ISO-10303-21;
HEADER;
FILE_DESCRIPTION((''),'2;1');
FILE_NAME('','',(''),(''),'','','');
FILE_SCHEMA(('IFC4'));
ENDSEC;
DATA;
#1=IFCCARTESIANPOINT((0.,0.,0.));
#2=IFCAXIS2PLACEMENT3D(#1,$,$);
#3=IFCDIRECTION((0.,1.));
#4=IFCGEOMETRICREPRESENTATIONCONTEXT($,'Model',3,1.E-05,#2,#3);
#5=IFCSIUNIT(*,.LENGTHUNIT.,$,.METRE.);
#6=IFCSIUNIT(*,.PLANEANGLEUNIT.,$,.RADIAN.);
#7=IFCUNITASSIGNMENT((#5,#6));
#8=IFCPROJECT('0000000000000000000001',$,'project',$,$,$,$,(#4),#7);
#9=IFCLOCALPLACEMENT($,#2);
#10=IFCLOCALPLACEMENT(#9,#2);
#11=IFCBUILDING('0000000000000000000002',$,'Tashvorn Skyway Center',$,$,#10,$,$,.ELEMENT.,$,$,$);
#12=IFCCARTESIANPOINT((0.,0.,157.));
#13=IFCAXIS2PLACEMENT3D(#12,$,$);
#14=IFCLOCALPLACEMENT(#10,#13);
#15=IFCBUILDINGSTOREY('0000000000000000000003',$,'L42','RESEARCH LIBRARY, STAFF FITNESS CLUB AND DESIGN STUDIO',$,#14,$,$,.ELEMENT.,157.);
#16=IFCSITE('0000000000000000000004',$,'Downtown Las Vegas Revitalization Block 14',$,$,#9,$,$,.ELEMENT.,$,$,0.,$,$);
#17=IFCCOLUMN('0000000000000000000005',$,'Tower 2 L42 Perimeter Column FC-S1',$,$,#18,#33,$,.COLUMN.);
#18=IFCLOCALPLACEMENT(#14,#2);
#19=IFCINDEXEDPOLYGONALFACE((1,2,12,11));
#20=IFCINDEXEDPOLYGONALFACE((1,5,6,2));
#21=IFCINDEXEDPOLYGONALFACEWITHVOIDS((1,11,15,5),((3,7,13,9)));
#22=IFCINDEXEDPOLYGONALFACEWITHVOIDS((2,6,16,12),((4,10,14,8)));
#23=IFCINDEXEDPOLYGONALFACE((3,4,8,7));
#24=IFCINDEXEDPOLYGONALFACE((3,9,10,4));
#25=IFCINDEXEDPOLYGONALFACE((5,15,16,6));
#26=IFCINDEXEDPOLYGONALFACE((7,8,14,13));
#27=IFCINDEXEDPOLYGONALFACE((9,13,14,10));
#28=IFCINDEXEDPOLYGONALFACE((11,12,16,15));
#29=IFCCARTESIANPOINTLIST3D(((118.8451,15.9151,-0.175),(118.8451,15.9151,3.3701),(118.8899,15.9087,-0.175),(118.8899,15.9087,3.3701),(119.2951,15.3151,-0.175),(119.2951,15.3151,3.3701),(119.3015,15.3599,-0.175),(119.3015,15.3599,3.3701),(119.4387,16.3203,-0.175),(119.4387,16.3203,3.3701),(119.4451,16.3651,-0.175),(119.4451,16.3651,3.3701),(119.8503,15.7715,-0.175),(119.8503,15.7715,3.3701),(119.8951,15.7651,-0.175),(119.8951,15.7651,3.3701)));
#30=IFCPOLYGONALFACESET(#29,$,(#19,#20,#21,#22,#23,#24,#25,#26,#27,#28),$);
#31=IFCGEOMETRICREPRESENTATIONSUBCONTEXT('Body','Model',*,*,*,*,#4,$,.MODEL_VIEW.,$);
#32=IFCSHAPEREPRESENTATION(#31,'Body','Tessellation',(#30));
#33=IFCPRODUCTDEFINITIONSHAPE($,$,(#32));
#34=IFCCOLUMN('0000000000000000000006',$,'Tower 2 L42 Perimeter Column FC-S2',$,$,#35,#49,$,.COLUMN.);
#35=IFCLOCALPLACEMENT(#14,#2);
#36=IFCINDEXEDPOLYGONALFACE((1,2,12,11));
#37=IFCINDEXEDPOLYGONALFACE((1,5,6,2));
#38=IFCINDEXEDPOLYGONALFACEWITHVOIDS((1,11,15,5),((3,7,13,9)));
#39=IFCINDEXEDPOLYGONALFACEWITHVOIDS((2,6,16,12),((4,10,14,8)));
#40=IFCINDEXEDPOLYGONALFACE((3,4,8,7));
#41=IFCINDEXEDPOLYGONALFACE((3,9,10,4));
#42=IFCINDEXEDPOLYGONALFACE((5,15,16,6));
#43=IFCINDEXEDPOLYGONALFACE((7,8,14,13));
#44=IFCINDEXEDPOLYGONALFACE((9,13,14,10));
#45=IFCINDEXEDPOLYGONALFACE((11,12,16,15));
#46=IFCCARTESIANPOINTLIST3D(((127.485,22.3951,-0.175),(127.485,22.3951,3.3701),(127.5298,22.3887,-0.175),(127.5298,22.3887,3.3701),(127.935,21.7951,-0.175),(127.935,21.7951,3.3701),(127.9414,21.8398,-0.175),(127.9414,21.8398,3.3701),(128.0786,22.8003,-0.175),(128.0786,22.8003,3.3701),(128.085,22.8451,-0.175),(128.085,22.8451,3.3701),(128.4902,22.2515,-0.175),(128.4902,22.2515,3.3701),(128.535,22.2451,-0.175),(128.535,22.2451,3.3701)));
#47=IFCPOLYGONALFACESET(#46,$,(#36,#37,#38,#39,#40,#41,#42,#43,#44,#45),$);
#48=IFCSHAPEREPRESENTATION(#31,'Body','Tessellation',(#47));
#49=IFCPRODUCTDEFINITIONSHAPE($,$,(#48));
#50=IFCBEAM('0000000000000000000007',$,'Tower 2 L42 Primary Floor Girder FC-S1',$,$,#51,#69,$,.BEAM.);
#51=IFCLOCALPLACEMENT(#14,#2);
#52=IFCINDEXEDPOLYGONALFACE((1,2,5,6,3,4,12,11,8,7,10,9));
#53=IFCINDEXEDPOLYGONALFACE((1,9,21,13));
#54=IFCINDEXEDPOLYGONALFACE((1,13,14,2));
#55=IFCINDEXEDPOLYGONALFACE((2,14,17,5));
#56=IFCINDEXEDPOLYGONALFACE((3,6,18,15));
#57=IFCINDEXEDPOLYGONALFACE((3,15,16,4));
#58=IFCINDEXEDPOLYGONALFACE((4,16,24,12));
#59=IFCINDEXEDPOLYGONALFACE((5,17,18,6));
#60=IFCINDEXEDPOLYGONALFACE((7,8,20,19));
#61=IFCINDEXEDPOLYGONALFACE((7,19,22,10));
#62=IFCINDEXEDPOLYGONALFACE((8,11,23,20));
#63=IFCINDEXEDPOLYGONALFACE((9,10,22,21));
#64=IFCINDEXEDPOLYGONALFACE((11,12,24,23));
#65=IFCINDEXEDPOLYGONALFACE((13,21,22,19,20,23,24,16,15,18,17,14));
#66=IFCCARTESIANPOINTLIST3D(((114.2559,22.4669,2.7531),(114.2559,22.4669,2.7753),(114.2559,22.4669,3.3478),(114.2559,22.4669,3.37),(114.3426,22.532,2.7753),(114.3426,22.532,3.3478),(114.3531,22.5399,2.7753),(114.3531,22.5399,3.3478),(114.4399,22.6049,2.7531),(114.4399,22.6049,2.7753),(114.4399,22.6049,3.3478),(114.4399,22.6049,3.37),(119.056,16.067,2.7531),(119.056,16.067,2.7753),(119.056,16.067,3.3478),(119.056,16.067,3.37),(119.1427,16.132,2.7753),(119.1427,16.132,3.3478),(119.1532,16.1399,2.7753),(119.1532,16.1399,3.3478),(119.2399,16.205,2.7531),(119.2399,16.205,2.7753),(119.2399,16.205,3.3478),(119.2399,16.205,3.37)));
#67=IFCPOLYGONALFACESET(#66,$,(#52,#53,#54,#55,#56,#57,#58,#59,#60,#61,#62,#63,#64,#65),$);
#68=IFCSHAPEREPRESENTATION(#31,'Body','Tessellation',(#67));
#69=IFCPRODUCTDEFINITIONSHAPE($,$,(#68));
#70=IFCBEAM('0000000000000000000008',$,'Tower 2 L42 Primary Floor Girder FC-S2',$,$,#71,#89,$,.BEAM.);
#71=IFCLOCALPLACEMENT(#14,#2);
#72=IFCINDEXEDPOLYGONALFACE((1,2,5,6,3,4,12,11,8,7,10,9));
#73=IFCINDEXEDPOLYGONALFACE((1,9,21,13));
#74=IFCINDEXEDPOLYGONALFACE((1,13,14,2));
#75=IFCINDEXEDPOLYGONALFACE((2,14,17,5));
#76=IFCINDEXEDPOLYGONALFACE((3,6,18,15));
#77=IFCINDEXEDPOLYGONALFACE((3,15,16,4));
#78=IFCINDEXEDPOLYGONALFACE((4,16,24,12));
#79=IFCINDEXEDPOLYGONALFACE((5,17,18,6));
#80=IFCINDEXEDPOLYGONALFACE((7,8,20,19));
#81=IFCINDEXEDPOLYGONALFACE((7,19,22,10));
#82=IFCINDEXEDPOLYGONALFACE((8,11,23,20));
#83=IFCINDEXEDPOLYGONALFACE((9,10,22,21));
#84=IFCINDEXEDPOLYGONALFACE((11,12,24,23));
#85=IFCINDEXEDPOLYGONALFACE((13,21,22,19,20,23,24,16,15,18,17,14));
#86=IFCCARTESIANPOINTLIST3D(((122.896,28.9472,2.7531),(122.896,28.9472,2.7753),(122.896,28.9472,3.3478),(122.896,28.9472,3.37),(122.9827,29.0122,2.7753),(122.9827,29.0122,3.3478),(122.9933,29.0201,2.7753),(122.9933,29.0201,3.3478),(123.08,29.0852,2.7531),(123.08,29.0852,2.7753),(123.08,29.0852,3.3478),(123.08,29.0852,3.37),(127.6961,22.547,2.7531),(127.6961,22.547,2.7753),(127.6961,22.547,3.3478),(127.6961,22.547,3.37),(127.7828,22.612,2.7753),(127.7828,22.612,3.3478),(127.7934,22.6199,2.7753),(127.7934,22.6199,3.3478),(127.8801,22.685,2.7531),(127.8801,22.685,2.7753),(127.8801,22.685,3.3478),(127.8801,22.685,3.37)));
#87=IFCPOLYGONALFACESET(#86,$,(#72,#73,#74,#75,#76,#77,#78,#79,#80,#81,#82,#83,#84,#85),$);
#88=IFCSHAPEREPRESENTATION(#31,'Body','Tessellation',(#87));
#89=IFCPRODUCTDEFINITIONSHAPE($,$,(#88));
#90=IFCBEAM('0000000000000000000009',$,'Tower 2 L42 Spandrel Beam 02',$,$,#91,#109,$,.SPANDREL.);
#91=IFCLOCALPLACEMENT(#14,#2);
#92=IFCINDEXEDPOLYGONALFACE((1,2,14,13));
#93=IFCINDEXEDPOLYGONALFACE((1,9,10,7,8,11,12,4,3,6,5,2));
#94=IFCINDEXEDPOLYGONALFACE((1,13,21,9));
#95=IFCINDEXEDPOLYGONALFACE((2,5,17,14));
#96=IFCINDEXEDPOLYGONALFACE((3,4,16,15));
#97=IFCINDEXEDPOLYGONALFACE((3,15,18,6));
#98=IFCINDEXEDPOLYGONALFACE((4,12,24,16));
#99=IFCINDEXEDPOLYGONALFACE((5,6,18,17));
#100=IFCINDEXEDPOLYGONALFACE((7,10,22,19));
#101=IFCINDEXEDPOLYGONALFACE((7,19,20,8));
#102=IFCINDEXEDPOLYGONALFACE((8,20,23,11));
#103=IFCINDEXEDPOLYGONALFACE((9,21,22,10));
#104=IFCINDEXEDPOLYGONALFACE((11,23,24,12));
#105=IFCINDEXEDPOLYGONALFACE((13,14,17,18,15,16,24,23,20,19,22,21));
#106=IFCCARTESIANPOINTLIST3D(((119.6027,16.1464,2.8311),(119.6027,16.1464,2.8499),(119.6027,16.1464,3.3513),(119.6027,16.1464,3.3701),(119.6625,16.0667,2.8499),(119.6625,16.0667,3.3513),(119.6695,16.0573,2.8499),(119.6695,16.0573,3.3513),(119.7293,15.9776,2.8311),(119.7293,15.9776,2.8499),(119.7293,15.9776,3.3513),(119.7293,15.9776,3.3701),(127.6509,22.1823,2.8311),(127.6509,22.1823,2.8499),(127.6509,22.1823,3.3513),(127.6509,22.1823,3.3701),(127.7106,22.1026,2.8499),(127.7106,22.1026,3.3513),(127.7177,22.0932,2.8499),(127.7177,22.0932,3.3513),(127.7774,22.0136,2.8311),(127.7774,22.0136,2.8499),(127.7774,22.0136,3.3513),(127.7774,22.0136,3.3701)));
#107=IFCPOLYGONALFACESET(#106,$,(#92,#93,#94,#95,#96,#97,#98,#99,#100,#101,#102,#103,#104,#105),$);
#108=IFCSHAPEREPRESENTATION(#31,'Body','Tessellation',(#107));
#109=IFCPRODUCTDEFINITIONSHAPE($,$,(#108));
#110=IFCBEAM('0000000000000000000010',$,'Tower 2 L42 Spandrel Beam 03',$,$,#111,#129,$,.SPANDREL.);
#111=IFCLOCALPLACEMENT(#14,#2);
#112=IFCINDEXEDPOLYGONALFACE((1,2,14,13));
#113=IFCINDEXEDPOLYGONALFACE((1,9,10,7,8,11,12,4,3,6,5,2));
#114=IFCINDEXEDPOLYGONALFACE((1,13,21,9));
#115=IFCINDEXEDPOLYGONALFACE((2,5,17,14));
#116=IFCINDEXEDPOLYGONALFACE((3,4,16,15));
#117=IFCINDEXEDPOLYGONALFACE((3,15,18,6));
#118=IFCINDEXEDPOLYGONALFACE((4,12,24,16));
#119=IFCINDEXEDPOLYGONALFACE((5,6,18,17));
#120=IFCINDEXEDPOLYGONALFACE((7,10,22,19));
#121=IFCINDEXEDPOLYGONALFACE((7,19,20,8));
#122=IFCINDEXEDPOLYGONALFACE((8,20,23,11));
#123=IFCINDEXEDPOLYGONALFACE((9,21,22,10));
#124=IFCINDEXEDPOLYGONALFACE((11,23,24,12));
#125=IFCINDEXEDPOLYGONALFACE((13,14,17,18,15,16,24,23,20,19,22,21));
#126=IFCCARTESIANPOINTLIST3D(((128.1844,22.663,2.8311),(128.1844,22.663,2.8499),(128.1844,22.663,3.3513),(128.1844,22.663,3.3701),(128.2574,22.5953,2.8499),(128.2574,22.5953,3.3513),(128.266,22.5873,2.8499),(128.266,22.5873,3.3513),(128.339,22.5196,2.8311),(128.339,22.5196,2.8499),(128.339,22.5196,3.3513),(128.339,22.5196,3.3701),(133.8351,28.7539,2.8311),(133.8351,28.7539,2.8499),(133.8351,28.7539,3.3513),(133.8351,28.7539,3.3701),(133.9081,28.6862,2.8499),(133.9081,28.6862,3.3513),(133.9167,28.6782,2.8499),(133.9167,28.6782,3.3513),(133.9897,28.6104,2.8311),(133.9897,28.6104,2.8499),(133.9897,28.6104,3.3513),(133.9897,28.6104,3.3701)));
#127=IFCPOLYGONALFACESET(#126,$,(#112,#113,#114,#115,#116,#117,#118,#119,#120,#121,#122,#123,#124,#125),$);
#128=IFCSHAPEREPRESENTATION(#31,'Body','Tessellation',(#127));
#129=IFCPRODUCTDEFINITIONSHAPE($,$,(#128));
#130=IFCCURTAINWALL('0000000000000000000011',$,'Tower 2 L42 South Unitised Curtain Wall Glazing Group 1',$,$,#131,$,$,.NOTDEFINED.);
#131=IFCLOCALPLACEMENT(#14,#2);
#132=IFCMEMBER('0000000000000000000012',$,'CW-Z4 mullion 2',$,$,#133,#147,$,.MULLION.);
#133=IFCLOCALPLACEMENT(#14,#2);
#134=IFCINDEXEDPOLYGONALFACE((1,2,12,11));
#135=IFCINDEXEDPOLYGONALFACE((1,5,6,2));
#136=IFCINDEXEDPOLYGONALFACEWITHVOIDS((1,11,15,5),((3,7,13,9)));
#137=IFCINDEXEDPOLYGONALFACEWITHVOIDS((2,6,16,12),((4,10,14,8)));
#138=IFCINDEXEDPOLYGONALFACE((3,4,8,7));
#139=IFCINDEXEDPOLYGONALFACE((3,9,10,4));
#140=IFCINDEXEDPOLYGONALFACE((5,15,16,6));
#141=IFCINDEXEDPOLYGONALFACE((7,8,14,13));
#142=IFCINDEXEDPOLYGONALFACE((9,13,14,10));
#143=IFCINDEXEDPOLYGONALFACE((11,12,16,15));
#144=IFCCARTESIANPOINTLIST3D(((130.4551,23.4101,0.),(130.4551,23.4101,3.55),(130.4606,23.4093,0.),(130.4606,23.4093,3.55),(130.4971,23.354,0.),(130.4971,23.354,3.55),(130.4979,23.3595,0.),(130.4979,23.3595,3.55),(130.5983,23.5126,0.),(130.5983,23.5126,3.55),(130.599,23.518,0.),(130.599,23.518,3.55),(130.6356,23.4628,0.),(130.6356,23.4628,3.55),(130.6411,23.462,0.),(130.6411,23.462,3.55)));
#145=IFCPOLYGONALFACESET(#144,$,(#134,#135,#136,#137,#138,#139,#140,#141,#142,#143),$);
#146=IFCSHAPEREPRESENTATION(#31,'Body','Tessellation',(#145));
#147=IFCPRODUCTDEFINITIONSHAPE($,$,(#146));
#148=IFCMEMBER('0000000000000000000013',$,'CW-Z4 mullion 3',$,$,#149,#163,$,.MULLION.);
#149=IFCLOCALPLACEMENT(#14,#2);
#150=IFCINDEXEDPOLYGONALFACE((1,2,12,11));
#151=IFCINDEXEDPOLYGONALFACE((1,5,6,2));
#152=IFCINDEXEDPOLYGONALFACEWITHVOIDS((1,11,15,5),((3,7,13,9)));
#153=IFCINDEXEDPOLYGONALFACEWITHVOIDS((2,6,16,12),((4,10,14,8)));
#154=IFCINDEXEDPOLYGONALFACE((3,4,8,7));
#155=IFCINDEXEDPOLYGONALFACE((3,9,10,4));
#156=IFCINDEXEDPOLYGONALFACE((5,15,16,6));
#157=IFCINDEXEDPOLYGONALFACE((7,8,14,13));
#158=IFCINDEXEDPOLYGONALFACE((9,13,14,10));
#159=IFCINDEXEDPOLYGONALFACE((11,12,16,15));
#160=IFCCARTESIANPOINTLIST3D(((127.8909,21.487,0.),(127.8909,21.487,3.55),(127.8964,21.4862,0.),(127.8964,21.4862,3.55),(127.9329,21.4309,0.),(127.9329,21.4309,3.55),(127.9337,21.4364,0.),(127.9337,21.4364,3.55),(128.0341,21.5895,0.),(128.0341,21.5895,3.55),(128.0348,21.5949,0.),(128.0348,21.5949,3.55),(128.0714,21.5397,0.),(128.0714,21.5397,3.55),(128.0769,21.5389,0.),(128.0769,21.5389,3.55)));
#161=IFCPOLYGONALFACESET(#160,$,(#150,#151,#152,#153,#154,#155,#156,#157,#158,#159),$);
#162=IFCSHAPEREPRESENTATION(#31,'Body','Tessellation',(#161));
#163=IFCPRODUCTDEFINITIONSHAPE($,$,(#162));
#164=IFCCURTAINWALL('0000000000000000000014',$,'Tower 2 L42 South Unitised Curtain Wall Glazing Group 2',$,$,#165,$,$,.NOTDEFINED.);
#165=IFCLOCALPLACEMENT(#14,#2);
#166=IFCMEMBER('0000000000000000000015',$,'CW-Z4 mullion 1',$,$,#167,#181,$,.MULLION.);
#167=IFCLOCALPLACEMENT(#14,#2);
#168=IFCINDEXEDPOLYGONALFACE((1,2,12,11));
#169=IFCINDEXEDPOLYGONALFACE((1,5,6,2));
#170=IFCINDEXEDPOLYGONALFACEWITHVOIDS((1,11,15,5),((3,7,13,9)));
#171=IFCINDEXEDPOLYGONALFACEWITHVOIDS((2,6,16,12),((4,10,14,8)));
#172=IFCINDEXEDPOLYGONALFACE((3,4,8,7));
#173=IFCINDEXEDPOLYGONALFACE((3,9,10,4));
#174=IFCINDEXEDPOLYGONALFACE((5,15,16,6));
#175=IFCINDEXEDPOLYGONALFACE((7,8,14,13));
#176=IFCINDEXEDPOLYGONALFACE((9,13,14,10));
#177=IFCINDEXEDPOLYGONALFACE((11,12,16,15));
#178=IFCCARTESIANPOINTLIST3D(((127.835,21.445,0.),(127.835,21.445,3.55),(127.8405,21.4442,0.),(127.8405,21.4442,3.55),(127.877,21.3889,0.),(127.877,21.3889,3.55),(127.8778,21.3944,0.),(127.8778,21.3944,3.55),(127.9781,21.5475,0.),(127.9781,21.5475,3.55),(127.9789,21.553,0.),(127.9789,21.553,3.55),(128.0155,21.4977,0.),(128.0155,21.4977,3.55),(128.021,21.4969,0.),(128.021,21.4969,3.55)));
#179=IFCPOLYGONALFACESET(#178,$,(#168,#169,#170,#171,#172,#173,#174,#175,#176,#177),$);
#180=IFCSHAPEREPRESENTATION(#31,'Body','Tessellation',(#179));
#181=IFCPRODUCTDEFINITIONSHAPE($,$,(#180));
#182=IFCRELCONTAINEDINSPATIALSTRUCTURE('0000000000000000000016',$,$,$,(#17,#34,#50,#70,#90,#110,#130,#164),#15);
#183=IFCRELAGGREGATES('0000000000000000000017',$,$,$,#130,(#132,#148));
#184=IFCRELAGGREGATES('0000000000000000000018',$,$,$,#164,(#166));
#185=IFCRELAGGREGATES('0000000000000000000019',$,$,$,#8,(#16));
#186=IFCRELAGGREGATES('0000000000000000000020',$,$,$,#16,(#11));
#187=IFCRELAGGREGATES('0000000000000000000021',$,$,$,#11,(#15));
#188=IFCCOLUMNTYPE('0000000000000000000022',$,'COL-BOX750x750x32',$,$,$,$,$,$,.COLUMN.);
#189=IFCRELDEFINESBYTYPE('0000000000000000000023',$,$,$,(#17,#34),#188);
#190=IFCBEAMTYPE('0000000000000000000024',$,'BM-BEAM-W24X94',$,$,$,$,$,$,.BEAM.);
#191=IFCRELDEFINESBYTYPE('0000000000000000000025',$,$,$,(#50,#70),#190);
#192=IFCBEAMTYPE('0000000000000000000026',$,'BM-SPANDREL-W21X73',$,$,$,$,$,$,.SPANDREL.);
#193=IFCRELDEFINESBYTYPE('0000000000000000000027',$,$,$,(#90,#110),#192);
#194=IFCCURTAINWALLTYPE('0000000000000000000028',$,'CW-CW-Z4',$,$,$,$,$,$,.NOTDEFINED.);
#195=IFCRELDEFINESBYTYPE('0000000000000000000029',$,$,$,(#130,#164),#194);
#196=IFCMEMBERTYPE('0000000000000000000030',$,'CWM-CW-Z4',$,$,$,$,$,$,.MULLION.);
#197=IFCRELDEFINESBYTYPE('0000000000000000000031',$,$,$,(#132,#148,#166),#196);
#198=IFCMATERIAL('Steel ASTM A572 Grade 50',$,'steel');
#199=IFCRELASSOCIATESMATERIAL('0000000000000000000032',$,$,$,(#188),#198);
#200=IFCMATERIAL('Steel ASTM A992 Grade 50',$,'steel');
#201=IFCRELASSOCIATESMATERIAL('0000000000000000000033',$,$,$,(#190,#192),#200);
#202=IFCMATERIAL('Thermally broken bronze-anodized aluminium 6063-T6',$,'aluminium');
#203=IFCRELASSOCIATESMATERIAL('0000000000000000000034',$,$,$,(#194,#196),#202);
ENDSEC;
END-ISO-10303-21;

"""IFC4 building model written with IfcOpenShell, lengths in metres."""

from ifc_helpers import new_model, si_unit, direction, frame, origin, origin_2d, place, context, subcontext, project, spatial, hollow_rectangle, i_section, extrude, material, material_profile, profile_set, type_object, element, aggregate, save


model = new_model("IFC4")

# Units and contexts
model_context = context("Model", 3, precision=1e-05, world=origin(), true_north=direction((0.0, 1.0)))
body_context = subcontext(model_context, "Body", "Model", "MODEL_VIEW")
ifc_project = project(units=[si_unit("LENGTHUNIT", "METRE"), si_unit("PLANEANGLEUNIT", "RADIAN")], contexts=[model_context])

# Site, building, storey
site_placement = place(None, origin())
site = spatial("IfcSite", under=ifc_project, at=site_placement, Name="Downtown Las Vegas Revitalization Block 14", CompositionType="ELEMENT", RefElevation=0.0)
building_placement = place(site_placement, origin())
building = spatial("IfcBuilding", under=site, at=building_placement, Name="Tashvorn Skyway Center", CompositionType="ELEMENT")
storey_placement = place(building_placement, frame((0.0, 0.0, 157.0)))
storey = spatial("IfcBuildingStorey", under=building, at=storey_placement, Name="L42", Description="RESEARCH LIBRARY, STAFF FITNESS CLUB AND DESIGN STUDIO", CompositionType="ELEMENT", Elevation=157.0)

# Columns
ifc_material_1 = material(Name="Steel ASTM A572 Grade 50", Category="steel")
ifc_material_profile_1 = material_profile(ifc_material_1, hollow_rectangle(XDim=0.75, YDim=0.75, WallThickness=0.032, at=origin_2d()), Name="BOX750x750x32")
ifc_profile_set_1 = profile_set([ifc_material_profile_1], Name="Steel ASTM A572 Grade 50")
column_type = type_object("IfcColumnType", Name="COL-BOX750x750x32", PredefinedType="COLUMN", material=ifc_profile_set_1)
for number, where, z_axis, x_axis, name in (
    (1, (119.3701, 15.8401, -0.175), (0.0, 0.0, 1.0), (0.8, 0.6, 0.0), "Tower 2 L42 Perimeter Column FC-S1"),
    (2, (128.01, 22.3201, -0.175), (0.0, 0.0, 1.0), (0.8, 0.6, 0.0), "Tower 2 L42 Perimeter Column FC-S2"),
):
    element("IfcColumn", number, at=place(storey_placement, frame(where, z_axis=z_axis, x_axis=x_axis)), inside=storey, type_object=column_type, Name=name, PredefinedType="COLUMN", context=body_context, shape_type="SweptSolid", body=[
        extrude(hollow_rectangle(XDim=0.75, YDim=0.75, WallThickness=0.032, at=origin_2d()), origin(), (0.0, 0.0, 1.0), 3.5452),
    ])

# Beams
ifc_material_2 = material(Name="Steel ASTM A992 Grade 50", Category="steel")
ifc_material_profile_2 = material_profile(ifc_material_2, i_section(OverallWidth=0.23, OverallDepth=0.6169, WebThickness=0.0132, FlangeThickness=0.0222, at=origin_2d()), Name="W24X94")
ifc_profile_set_2 = profile_set([ifc_material_profile_2], Name="Steel ASTM A992 Grade 50")
beam_type_1 = type_object("IfcBeamType", Name="BM-BEAM-W24X94", PredefinedType="BEAM", material=ifc_profile_set_2)
beam_1_placement = place(storey_placement, frame((119.1479, 16.136, 3.0615), z_axis=(-0.60001, 0.799993, 0.0), x_axis=(-0.799993, -0.60001, 0.0)))
element("IfcBeam", 3, at=beam_1_placement, inside=storey, type_object=beam_type_1, Name="Tower 2 L42 Primary Floor Girder FC-S1", PredefinedType="BEAM", context=body_context, shape_type="SweptSolid", body=[
    extrude(i_section(OverallWidth=0.23, OverallDepth=0.6169, WebThickness=0.0132, FlangeThickness=0.0222, at=origin_2d()), origin(), (0.0, 0.0, 1.0), 8.0),
])
beam_2_placement = place(storey_placement, frame((127.7881, 22.616, 3.0615), z_axis=(-0.599995, 0.800004, 0.0), x_axis=(-0.800004, -0.599995, 0.0)))
element("IfcBeam", 4, at=beam_2_placement, inside=storey, type_object=beam_type_1, Name="Tower 2 L42 Primary Floor Girder FC-S2", PredefinedType="BEAM", context=body_context, shape_type="SweptSolid", body=[
    extrude(i_section(OverallWidth=0.23, OverallDepth=0.6169, WebThickness=0.0132, FlangeThickness=0.0222, at=origin_2d()), origin(), (0.0, 0.0, 1.0), 8.0002),
])
ifc_material_profile_3 = material_profile(ifc_material_2, i_section(OverallWidth=0.2109, OverallDepth=0.5391, WebThickness=0.0117, FlangeThickness=0.0188, at=origin_2d()), Name="W21X73")
ifc_profile_set_3 = profile_set([ifc_material_profile_3], Name="Steel ASTM A992 Grade 50")
beam_type_2 = type_object("IfcBeamType", Name="BM-SPANDREL-W21X73", PredefinedType="SPANDREL", material=ifc_profile_set_3)
beam_3_placement = place(storey_placement, frame((119.666, 16.062, 3.1006), z_axis=(0.800009, 0.599988, 0.0), x_axis=(-0.599988, 0.800009, 0.0)))
element("IfcBeam", 5, at=beam_3_placement, inside=storey, type_object=beam_type_2, Name="Tower 2 L42 Spandrel Beam 02", PredefinedType="SPANDREL", context=body_context, shape_type="SweptSolid", body=[
    extrude(i_section(OverallWidth=0.2109, OverallDepth=0.5391, WebThickness=0.0117, FlangeThickness=0.0188, at=origin_2d()), origin(), (0.0, 0.0, 1.0), 10.0601),
])
beam_4_placement = place(storey_placement, frame((128.2617, 22.5913, 3.1006), z_axis=(0.68012, 0.733101, 0.0), x_axis=(-0.733101, 0.68012, 0.0)))
element("IfcBeam", 6, at=beam_4_placement, inside=storey, type_object=beam_type_2, Name="Tower 2 L42 Spandrel Beam 03", PredefinedType="SPANDREL", context=body_context, shape_type="SweptSolid", body=[
    extrude(i_section(OverallWidth=0.2109, OverallDepth=0.5391, WebThickness=0.0117, FlangeThickness=0.0188, at=origin_2d()), origin(), (0.0, 0.0, 1.0), 8.3083),
])

# Curtain walls, members
ifc_material_3 = material(Name="Thermally broken bronze-anodized aluminium 6063-T6", Category="aluminium")
curtain_wall_type = type_object("IfcCurtainWallType", Name="CW-CW-Z4", PredefinedType="NOTDEFINED", material=ifc_material_3)
curtain_wall_1_placement = place(storey_placement, origin())
curtain_wall_1 = element("IfcCurtainWall", 7, at=curtain_wall_1_placement, inside=storey, type_object=curtain_wall_type, Name="Tower 2 L42 South Unitised Curtain Wall Glazing Group 1", PredefinedType="NOTDEFINED")
ifc_material_profile_4 = material_profile(ifc_material_3, hollow_rectangle(XDim=0.0701, YDim=0.1799, WallThickness=0.0039, at=origin_2d()), Name="ALU-MULL-70x180")
ifc_profile_set_4 = profile_set([ifc_material_profile_4], Name="Thermally broken bronze-anodized aluminium 6063-T6")
member_type_1 = type_object("IfcMemberType", Name="CWM-CW-Z4", PredefinedType="MULLION", material=ifc_profile_set_4)
member_1_placement = place(storey_placement, frame((130.5481, 23.436, 0.0), z_axis=(0.0, 0.0, 1.0), x_axis=(0.6, -0.8, 0.0)))
member_1 = element("IfcMember", 8, at=member_1_placement, type_object=member_type_1, Name="CW-Z4 mullion 2", PredefinedType="MULLION", context=body_context, shape_type="SweptSolid", body=[
    extrude(hollow_rectangle(XDim=0.0701, YDim=0.1799, WallThickness=0.0039, at=origin_2d()), origin(), (0.0, 0.0, 1.0), 3.55),
])
member_2_placement = place(storey_placement, frame((127.9839, 21.5129, 0.0), z_axis=(0.0, 0.0, 1.0), x_axis=(0.6, -0.8, 0.0)))
member_2 = element("IfcMember", 9, at=member_2_placement, type_object=member_type_1, Name="CW-Z4 mullion 3", PredefinedType="MULLION", context=body_context, shape_type="SweptSolid", body=[
    extrude(hollow_rectangle(XDim=0.0701, YDim=0.1799, WallThickness=0.0039, at=origin_2d()), origin(), (0.0, 0.0, 1.0), 3.55),
])
curtain_wall_2_placement = place(storey_placement, origin())
curtain_wall_2 = element("IfcCurtainWall", 10, at=curtain_wall_2_placement, inside=storey, type_object=curtain_wall_type, Name="Tower 2 L42 South Unitised Curtain Wall Glazing Group 2", PredefinedType="NOTDEFINED")
member_3_placement = place(storey_placement, frame((127.928, 21.4709, 0.0), z_axis=(0.0, 0.0, 1.0), x_axis=(0.6, -0.8, 0.0)))
member_3 = element("IfcMember", 11, at=member_3_placement, type_object=member_type_1, Name="CW-Z4 mullion 1", PredefinedType="MULLION", context=body_context, shape_type="SweptSolid", body=[
    extrude(hollow_rectangle(XDim=0.0701, YDim=0.1799, WallThickness=0.0039, at=origin_2d()), origin(), (0.0, 0.0, 1.0), 3.55),
])

aggregate(curtain_wall_1, [member_1, member_2])
aggregate(curtain_wall_2, [member_3])

save(model, "model.ifc")
